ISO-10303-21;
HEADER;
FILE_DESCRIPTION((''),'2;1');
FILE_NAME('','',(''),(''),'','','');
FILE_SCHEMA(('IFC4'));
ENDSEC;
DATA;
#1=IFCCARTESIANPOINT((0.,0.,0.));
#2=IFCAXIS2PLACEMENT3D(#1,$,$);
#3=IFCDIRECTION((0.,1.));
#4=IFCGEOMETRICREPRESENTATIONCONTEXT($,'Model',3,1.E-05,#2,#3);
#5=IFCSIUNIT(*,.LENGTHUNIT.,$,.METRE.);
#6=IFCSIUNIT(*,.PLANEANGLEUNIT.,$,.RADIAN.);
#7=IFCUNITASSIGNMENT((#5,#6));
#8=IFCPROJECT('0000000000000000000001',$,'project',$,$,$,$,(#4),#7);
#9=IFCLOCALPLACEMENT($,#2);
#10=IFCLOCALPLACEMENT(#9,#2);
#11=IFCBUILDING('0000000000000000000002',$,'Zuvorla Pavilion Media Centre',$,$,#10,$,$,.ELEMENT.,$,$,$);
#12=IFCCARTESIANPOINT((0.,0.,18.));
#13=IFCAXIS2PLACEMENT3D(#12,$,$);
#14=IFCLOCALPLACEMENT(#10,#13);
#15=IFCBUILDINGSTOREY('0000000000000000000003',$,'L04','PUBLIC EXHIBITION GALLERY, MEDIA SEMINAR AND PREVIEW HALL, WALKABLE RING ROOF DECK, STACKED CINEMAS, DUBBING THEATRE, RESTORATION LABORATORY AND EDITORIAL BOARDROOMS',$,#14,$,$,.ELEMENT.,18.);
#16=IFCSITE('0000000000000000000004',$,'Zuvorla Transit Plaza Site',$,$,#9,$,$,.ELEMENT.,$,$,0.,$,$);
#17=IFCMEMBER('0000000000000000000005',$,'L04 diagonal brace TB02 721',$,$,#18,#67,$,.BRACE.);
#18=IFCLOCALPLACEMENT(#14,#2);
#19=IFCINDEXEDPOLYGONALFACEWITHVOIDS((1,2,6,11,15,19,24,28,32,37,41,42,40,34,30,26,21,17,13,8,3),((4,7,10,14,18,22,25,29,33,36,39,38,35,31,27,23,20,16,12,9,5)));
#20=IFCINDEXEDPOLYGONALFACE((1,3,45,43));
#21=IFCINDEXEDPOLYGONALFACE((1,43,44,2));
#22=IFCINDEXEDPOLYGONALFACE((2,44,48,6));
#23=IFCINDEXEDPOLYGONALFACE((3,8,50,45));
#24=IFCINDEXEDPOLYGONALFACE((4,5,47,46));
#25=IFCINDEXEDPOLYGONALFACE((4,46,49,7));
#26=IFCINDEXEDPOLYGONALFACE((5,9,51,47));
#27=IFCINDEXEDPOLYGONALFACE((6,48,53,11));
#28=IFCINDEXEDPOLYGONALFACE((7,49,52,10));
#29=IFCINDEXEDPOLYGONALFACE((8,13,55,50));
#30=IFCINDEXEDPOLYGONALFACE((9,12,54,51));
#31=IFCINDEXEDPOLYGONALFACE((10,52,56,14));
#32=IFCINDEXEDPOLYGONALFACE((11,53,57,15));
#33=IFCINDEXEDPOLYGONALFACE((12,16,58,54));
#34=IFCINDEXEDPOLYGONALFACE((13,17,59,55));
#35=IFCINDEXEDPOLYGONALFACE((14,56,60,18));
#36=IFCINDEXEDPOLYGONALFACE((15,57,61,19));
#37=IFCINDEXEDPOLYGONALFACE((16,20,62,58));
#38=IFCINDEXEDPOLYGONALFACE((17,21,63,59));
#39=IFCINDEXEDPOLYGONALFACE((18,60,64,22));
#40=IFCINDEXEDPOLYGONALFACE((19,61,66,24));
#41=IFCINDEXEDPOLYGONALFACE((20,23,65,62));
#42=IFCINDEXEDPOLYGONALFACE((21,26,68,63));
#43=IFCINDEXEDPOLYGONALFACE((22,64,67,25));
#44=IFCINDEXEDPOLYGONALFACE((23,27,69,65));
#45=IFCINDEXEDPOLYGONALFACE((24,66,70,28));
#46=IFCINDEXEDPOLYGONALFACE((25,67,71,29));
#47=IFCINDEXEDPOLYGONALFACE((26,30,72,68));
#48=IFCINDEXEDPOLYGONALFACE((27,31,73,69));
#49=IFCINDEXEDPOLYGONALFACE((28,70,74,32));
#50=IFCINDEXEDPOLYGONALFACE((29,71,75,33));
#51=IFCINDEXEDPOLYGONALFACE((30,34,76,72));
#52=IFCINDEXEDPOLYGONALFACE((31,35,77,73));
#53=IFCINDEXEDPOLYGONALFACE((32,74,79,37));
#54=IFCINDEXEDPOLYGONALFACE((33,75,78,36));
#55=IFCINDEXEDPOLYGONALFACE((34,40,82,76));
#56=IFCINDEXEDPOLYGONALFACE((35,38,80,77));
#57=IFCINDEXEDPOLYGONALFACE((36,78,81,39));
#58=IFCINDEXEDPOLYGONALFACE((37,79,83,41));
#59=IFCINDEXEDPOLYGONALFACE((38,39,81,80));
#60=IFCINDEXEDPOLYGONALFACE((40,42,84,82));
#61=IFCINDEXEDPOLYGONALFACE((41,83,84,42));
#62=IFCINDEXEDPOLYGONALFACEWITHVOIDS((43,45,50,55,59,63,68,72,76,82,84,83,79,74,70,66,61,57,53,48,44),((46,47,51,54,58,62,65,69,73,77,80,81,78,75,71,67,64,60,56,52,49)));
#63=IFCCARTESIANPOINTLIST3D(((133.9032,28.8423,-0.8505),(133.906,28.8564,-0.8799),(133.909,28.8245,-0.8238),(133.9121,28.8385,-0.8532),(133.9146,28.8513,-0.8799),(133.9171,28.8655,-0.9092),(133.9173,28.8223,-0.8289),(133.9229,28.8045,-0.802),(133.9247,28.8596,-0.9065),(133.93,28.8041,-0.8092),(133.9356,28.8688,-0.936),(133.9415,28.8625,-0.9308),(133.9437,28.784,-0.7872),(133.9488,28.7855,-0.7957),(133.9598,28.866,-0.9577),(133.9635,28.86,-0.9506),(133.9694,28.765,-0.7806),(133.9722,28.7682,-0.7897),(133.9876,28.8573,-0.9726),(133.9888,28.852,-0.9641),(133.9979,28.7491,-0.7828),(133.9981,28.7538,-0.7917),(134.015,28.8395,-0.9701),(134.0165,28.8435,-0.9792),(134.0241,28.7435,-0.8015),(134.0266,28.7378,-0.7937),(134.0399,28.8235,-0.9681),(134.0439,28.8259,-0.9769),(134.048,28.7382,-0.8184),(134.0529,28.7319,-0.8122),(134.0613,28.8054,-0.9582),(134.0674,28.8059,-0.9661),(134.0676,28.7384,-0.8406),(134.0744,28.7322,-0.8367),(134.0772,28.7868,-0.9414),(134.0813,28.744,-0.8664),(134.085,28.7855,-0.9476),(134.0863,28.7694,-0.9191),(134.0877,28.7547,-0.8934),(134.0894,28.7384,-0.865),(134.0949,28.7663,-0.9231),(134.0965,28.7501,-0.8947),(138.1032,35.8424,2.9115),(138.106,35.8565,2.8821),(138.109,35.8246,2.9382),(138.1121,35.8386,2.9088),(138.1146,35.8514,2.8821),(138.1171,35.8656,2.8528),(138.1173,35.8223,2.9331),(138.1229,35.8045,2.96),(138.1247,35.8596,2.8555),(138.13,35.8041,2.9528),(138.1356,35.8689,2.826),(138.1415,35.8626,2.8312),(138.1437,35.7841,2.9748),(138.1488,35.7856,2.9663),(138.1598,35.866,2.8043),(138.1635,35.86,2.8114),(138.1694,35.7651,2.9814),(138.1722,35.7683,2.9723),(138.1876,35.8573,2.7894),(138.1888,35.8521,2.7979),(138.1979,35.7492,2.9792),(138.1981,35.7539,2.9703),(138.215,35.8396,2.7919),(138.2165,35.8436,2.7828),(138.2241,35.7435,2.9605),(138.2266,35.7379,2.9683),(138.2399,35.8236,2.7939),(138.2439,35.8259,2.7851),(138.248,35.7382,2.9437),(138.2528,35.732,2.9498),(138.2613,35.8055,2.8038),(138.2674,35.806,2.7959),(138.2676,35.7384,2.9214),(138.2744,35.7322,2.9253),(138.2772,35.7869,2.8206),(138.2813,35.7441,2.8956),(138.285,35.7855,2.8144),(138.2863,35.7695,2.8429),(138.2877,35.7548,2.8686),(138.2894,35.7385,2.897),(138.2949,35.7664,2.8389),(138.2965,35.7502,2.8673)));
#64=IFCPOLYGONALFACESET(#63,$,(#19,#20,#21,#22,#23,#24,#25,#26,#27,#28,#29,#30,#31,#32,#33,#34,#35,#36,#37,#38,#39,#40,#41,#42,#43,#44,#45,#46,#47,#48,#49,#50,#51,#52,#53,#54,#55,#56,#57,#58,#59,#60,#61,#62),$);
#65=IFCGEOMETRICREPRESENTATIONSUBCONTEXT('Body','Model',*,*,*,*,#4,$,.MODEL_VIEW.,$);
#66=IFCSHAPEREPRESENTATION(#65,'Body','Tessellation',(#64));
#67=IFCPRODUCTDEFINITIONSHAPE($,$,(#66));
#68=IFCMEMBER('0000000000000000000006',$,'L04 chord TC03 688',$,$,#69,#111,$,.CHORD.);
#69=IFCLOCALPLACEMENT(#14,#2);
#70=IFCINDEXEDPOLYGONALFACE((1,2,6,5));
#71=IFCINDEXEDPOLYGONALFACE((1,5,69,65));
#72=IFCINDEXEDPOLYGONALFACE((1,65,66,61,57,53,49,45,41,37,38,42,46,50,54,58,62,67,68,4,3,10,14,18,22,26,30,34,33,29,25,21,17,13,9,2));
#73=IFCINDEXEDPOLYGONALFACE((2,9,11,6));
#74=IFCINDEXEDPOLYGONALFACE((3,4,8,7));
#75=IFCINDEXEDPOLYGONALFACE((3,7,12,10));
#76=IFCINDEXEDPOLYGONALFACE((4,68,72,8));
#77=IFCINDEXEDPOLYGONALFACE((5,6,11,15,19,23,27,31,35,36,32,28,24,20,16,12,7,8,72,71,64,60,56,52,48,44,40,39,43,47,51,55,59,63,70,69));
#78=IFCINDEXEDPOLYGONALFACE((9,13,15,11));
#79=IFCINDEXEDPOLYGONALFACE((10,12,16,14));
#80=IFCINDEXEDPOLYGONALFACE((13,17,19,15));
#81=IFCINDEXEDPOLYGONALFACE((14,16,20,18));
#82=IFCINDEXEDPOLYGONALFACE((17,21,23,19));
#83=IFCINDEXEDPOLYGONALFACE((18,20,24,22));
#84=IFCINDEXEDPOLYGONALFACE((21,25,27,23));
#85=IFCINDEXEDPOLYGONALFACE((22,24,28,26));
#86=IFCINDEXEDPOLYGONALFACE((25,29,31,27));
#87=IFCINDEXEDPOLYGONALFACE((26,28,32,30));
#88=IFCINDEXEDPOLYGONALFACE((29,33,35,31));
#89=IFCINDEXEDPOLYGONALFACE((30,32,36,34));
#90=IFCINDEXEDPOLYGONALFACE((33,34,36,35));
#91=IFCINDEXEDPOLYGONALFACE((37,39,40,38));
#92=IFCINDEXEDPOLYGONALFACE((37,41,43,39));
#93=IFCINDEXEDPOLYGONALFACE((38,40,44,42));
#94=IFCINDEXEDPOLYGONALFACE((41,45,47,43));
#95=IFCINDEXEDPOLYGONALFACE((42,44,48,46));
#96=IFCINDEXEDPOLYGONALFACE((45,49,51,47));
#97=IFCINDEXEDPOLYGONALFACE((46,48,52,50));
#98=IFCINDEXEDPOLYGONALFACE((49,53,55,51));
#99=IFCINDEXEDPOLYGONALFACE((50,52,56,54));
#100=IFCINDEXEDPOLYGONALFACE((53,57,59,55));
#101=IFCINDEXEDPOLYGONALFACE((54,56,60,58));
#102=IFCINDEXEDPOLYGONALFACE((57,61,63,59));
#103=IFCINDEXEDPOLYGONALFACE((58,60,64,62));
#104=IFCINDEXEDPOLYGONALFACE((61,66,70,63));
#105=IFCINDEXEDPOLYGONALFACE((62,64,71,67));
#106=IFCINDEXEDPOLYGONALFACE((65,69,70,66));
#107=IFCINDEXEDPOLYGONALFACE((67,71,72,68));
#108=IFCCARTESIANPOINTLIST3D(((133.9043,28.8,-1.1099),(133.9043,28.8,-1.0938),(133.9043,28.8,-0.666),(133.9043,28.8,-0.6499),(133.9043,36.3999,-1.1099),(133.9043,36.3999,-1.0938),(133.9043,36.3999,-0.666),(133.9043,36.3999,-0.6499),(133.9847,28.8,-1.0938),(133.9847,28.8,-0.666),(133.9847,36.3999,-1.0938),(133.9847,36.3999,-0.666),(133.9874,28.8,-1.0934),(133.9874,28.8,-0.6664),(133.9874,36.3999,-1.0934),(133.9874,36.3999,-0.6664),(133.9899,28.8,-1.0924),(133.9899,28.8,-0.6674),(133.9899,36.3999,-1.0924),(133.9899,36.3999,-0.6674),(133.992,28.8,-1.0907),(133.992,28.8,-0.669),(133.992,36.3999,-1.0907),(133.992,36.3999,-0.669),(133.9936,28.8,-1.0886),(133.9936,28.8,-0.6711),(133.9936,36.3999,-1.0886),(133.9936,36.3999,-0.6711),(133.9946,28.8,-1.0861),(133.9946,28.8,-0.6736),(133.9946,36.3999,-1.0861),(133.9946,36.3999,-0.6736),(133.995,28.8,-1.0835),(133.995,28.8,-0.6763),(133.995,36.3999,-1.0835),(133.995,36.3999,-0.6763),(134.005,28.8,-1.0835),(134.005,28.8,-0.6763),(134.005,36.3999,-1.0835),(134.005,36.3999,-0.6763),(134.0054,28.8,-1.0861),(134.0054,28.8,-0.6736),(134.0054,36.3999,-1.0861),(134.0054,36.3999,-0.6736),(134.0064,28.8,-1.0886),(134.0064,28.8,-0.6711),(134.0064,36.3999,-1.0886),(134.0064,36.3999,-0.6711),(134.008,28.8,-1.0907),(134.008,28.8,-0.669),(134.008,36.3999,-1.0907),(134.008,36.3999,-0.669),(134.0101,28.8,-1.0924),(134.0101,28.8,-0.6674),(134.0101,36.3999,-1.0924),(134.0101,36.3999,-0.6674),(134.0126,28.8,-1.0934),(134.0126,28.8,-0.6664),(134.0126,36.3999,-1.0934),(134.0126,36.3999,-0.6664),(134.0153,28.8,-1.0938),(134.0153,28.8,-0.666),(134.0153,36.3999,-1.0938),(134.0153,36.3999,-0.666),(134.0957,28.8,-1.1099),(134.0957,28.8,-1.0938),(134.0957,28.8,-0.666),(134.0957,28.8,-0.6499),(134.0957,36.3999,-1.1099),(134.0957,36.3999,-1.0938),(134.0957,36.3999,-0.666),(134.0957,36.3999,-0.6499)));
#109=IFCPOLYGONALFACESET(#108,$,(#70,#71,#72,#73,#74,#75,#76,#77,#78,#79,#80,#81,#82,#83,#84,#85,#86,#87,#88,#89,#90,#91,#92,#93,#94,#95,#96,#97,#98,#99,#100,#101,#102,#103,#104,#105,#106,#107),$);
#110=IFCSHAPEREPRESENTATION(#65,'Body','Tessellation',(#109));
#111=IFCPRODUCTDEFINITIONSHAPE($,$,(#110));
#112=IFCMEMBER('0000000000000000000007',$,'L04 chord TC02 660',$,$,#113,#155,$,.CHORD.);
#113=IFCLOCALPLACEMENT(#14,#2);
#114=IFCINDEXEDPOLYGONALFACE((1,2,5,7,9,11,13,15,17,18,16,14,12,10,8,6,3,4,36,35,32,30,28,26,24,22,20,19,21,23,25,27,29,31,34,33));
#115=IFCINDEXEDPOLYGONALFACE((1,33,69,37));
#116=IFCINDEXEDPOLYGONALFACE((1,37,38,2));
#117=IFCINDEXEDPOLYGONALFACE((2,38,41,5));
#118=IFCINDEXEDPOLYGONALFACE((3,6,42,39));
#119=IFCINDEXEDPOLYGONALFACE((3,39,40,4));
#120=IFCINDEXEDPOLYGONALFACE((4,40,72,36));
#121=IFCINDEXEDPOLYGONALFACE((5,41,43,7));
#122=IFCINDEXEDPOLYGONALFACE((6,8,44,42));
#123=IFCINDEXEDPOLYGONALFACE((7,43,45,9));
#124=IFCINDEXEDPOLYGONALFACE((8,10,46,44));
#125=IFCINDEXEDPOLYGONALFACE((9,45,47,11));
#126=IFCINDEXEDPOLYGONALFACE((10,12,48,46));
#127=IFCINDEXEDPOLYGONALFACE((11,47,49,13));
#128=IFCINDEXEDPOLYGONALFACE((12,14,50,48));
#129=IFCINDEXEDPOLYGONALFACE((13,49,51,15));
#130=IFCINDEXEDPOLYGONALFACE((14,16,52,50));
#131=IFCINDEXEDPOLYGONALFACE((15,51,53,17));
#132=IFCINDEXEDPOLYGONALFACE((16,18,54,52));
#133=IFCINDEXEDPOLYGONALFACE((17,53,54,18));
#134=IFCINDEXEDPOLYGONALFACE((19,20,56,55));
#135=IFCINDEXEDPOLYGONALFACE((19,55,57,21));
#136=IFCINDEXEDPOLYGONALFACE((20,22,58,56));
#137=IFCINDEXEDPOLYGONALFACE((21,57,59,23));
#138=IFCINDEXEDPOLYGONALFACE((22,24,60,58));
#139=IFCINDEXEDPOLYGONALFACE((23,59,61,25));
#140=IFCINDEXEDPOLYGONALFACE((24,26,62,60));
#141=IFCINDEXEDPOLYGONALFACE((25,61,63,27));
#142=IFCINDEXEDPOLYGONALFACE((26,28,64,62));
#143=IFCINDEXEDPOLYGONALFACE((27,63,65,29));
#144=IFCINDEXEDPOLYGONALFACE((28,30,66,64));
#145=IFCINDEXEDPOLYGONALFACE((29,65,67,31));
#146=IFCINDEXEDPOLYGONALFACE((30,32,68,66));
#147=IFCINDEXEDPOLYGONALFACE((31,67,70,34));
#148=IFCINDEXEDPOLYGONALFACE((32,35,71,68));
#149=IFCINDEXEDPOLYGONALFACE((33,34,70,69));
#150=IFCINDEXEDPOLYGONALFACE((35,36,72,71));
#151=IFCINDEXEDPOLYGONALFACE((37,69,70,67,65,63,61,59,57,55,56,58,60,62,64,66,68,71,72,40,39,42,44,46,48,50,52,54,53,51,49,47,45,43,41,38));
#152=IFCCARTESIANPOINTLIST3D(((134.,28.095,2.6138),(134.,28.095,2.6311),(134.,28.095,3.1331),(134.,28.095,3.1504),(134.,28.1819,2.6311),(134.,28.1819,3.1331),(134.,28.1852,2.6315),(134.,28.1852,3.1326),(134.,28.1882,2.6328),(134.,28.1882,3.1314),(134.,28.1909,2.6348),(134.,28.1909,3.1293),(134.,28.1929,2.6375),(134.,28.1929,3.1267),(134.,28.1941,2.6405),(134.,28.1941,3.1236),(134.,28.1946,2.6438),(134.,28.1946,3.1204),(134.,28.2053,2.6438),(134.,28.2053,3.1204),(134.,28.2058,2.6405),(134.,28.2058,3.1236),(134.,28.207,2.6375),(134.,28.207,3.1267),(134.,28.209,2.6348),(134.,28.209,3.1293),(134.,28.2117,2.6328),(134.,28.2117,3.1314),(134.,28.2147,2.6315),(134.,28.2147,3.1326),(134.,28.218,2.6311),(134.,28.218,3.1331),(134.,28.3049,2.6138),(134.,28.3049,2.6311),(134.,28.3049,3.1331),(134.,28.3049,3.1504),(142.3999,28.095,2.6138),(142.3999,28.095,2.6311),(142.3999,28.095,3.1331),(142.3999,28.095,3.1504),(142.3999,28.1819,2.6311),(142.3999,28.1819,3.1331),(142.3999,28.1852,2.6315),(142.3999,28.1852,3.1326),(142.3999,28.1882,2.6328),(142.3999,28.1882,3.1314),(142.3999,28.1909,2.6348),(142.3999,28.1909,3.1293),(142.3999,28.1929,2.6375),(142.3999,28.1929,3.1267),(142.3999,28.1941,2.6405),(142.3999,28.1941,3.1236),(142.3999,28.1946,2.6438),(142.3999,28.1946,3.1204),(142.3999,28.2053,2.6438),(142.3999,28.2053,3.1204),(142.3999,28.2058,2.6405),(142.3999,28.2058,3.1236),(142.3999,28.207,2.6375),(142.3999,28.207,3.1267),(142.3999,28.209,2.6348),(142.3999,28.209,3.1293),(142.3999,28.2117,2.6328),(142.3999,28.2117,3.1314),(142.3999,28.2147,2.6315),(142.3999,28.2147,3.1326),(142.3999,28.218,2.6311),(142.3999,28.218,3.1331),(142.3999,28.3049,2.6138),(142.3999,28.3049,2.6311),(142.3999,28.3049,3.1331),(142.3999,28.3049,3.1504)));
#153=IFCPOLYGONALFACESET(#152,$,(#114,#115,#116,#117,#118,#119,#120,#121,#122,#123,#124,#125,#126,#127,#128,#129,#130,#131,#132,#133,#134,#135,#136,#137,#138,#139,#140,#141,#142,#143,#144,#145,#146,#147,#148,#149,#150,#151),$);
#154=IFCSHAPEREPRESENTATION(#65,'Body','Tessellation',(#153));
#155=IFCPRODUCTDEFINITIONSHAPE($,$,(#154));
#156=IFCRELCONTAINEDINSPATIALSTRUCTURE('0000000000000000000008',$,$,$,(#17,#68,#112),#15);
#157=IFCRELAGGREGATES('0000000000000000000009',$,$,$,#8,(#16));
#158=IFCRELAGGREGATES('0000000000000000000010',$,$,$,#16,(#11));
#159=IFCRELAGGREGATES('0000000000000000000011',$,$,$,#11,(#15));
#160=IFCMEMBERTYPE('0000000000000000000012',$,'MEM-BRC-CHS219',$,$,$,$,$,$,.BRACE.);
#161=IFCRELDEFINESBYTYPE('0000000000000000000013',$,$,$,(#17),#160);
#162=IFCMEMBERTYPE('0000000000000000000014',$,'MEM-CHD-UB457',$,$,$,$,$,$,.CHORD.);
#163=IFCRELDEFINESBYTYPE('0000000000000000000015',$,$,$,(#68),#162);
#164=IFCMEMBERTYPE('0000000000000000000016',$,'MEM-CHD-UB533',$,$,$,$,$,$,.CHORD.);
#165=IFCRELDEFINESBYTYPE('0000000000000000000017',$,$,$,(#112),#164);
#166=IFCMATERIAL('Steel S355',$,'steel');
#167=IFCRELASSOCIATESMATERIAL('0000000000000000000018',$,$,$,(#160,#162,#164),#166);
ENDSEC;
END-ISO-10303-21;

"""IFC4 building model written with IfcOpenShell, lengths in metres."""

from ifc_helpers import new_model, si_unit, direction, frame, origin, origin_2d, place, context, subcontext, project, spatial, hollow_circle, i_section, extrude, material, material_profile, profile_set, type_object, element, save


model = new_model("IFC4")

# Units and contexts
model_context = context("Model", 3, precision=1e-05, world=origin(), true_north=direction((0.0, 1.0)))
body_context = subcontext(model_context, "Body", "Model", "MODEL_VIEW")
ifc_project = project(units=[si_unit("LENGTHUNIT", "METRE"), si_unit("PLANEANGLEUNIT", "RADIAN")], contexts=[model_context])

# Site, building, storey
site_placement = place(None, origin())
site = spatial("IfcSite", under=ifc_project, at=site_placement, Name="Zuvorla Transit Plaza Site", CompositionType="ELEMENT", RefElevation=0.0)
building_placement = place(site_placement, origin())
building = spatial("IfcBuilding", under=site, at=building_placement, Name="Zuvorla Pavilion Media Centre", CompositionType="ELEMENT")
storey_placement = place(building_placement, frame((0.0, 0.0, 18.0)))
storey = spatial("IfcBuildingStorey", under=building, at=storey_placement, Name="L04", Description="PUBLIC EXHIBITION GALLERY, MEDIA SEMINAR AND PREVIEW HALL, WALKABLE RING ROOF DECK, STACKED CINEMAS, DUBBING THEATRE, RESTORATION LABORATORY AND EDITORIAL BOARDROOMS", CompositionType="ELEMENT", Elevation=18.0)

# Members
ifc_material_1 = material(Name="Steel S355", Category="steel")
ifc_material_profile_1 = material_profile(ifc_material_1, hollow_circle(Radius=0.1096, WallThickness=0.01, at=origin_2d()), Name="CHS 219.1x10")
ifc_profile_set_1 = profile_set([ifc_material_profile_1], Name="Steel S355")
member_type_1 = type_object("IfcMemberType", Name="MEM-BRC-CHS219", PredefinedType="BRACE", material=ifc_profile_set_1)
for number, where, z_axis, x_axis, name in (
    (1, (134.0, 28.8, -0.8799), (0.467262, 0.778779, 0.418534), (-0.857496, 0.514491, 0.0), "L04 diagonal brace TB02 721"),
):
    element("IfcMember", number, at=place(storey_placement, frame(where, z_axis=z_axis, x_axis=x_axis)), inside=storey, type_object=member_type_1, Name=name, PredefinedType="BRACE", context=body_context, shape_type="SweptSolid", body=[
        extrude(hollow_circle(Radius=0.1096, WallThickness=0.01, at=origin_2d()), origin(), (0.0, 0.0, 1.0), 8.9885),
    ])
ifc_material_profile_2 = material_profile(ifc_material_1, i_section(OverallWidth=0.1914, OverallDepth=0.46, WebThickness=0.01, FlangeThickness=0.0161, FilletRadius=0.0103, at=origin_2d()), Name="UB 457x191x82")
ifc_profile_set_2 = profile_set([ifc_material_profile_2], Name="Steel S355")
member_type_2 = type_object("IfcMemberType", Name="MEM-CHD-UB457", PredefinedType="CHORD", material=ifc_profile_set_2)
member_1_placement = place(storey_placement, frame((134.0, 28.8, -0.8799), z_axis=(0.0, 1.0, 0.0), x_axis=(-1.0, 0.0, 0.0)))
element("IfcMember", 2, at=member_1_placement, inside=storey, type_object=member_type_2, Name="L04 chord TC03 688", PredefinedType="CHORD", context=body_context, shape_type="SweptSolid", body=[
    extrude(i_section(OverallWidth=0.1914, OverallDepth=0.46, WebThickness=0.01, FlangeThickness=0.0161, FilletRadius=0.0103, at=origin_2d()), origin(), (0.0, 0.0, 1.0), 7.5999),
])
ifc_material_profile_3 = material_profile(ifc_material_1, i_section(OverallWidth=0.21, OverallDepth=0.5366, WebThickness=0.0107, FlangeThickness=0.0173, FilletRadius=0.0127, at=origin_2d()), Name="UB 533x210x101")
ifc_profile_set_3 = profile_set([ifc_material_profile_3], Name="Steel S355")
member_type_3 = type_object("IfcMemberType", Name="MEM-CHD-UB533", PredefinedType="CHORD", material=ifc_profile_set_3)
member_2_placement = place(storey_placement, frame((134.0, 28.2, 2.8821), z_axis=(1.0, 0.0, 0.0), x_axis=(0.0, 1.0, 0.0)))
element("IfcMember", 3, at=member_2_placement, inside=storey, type_object=member_type_3, Name="L04 chord TC02 660", PredefinedType="CHORD", context=body_context, shape_type="SweptSolid", body=[
    extrude(i_section(OverallWidth=0.21, OverallDepth=0.5366, WebThickness=0.0107, FlangeThickness=0.0173, FilletRadius=0.0127, at=origin_2d()), origin(), (0.0, 0.0, 1.0), 8.3999),
])

save(model, "model.ifc")
